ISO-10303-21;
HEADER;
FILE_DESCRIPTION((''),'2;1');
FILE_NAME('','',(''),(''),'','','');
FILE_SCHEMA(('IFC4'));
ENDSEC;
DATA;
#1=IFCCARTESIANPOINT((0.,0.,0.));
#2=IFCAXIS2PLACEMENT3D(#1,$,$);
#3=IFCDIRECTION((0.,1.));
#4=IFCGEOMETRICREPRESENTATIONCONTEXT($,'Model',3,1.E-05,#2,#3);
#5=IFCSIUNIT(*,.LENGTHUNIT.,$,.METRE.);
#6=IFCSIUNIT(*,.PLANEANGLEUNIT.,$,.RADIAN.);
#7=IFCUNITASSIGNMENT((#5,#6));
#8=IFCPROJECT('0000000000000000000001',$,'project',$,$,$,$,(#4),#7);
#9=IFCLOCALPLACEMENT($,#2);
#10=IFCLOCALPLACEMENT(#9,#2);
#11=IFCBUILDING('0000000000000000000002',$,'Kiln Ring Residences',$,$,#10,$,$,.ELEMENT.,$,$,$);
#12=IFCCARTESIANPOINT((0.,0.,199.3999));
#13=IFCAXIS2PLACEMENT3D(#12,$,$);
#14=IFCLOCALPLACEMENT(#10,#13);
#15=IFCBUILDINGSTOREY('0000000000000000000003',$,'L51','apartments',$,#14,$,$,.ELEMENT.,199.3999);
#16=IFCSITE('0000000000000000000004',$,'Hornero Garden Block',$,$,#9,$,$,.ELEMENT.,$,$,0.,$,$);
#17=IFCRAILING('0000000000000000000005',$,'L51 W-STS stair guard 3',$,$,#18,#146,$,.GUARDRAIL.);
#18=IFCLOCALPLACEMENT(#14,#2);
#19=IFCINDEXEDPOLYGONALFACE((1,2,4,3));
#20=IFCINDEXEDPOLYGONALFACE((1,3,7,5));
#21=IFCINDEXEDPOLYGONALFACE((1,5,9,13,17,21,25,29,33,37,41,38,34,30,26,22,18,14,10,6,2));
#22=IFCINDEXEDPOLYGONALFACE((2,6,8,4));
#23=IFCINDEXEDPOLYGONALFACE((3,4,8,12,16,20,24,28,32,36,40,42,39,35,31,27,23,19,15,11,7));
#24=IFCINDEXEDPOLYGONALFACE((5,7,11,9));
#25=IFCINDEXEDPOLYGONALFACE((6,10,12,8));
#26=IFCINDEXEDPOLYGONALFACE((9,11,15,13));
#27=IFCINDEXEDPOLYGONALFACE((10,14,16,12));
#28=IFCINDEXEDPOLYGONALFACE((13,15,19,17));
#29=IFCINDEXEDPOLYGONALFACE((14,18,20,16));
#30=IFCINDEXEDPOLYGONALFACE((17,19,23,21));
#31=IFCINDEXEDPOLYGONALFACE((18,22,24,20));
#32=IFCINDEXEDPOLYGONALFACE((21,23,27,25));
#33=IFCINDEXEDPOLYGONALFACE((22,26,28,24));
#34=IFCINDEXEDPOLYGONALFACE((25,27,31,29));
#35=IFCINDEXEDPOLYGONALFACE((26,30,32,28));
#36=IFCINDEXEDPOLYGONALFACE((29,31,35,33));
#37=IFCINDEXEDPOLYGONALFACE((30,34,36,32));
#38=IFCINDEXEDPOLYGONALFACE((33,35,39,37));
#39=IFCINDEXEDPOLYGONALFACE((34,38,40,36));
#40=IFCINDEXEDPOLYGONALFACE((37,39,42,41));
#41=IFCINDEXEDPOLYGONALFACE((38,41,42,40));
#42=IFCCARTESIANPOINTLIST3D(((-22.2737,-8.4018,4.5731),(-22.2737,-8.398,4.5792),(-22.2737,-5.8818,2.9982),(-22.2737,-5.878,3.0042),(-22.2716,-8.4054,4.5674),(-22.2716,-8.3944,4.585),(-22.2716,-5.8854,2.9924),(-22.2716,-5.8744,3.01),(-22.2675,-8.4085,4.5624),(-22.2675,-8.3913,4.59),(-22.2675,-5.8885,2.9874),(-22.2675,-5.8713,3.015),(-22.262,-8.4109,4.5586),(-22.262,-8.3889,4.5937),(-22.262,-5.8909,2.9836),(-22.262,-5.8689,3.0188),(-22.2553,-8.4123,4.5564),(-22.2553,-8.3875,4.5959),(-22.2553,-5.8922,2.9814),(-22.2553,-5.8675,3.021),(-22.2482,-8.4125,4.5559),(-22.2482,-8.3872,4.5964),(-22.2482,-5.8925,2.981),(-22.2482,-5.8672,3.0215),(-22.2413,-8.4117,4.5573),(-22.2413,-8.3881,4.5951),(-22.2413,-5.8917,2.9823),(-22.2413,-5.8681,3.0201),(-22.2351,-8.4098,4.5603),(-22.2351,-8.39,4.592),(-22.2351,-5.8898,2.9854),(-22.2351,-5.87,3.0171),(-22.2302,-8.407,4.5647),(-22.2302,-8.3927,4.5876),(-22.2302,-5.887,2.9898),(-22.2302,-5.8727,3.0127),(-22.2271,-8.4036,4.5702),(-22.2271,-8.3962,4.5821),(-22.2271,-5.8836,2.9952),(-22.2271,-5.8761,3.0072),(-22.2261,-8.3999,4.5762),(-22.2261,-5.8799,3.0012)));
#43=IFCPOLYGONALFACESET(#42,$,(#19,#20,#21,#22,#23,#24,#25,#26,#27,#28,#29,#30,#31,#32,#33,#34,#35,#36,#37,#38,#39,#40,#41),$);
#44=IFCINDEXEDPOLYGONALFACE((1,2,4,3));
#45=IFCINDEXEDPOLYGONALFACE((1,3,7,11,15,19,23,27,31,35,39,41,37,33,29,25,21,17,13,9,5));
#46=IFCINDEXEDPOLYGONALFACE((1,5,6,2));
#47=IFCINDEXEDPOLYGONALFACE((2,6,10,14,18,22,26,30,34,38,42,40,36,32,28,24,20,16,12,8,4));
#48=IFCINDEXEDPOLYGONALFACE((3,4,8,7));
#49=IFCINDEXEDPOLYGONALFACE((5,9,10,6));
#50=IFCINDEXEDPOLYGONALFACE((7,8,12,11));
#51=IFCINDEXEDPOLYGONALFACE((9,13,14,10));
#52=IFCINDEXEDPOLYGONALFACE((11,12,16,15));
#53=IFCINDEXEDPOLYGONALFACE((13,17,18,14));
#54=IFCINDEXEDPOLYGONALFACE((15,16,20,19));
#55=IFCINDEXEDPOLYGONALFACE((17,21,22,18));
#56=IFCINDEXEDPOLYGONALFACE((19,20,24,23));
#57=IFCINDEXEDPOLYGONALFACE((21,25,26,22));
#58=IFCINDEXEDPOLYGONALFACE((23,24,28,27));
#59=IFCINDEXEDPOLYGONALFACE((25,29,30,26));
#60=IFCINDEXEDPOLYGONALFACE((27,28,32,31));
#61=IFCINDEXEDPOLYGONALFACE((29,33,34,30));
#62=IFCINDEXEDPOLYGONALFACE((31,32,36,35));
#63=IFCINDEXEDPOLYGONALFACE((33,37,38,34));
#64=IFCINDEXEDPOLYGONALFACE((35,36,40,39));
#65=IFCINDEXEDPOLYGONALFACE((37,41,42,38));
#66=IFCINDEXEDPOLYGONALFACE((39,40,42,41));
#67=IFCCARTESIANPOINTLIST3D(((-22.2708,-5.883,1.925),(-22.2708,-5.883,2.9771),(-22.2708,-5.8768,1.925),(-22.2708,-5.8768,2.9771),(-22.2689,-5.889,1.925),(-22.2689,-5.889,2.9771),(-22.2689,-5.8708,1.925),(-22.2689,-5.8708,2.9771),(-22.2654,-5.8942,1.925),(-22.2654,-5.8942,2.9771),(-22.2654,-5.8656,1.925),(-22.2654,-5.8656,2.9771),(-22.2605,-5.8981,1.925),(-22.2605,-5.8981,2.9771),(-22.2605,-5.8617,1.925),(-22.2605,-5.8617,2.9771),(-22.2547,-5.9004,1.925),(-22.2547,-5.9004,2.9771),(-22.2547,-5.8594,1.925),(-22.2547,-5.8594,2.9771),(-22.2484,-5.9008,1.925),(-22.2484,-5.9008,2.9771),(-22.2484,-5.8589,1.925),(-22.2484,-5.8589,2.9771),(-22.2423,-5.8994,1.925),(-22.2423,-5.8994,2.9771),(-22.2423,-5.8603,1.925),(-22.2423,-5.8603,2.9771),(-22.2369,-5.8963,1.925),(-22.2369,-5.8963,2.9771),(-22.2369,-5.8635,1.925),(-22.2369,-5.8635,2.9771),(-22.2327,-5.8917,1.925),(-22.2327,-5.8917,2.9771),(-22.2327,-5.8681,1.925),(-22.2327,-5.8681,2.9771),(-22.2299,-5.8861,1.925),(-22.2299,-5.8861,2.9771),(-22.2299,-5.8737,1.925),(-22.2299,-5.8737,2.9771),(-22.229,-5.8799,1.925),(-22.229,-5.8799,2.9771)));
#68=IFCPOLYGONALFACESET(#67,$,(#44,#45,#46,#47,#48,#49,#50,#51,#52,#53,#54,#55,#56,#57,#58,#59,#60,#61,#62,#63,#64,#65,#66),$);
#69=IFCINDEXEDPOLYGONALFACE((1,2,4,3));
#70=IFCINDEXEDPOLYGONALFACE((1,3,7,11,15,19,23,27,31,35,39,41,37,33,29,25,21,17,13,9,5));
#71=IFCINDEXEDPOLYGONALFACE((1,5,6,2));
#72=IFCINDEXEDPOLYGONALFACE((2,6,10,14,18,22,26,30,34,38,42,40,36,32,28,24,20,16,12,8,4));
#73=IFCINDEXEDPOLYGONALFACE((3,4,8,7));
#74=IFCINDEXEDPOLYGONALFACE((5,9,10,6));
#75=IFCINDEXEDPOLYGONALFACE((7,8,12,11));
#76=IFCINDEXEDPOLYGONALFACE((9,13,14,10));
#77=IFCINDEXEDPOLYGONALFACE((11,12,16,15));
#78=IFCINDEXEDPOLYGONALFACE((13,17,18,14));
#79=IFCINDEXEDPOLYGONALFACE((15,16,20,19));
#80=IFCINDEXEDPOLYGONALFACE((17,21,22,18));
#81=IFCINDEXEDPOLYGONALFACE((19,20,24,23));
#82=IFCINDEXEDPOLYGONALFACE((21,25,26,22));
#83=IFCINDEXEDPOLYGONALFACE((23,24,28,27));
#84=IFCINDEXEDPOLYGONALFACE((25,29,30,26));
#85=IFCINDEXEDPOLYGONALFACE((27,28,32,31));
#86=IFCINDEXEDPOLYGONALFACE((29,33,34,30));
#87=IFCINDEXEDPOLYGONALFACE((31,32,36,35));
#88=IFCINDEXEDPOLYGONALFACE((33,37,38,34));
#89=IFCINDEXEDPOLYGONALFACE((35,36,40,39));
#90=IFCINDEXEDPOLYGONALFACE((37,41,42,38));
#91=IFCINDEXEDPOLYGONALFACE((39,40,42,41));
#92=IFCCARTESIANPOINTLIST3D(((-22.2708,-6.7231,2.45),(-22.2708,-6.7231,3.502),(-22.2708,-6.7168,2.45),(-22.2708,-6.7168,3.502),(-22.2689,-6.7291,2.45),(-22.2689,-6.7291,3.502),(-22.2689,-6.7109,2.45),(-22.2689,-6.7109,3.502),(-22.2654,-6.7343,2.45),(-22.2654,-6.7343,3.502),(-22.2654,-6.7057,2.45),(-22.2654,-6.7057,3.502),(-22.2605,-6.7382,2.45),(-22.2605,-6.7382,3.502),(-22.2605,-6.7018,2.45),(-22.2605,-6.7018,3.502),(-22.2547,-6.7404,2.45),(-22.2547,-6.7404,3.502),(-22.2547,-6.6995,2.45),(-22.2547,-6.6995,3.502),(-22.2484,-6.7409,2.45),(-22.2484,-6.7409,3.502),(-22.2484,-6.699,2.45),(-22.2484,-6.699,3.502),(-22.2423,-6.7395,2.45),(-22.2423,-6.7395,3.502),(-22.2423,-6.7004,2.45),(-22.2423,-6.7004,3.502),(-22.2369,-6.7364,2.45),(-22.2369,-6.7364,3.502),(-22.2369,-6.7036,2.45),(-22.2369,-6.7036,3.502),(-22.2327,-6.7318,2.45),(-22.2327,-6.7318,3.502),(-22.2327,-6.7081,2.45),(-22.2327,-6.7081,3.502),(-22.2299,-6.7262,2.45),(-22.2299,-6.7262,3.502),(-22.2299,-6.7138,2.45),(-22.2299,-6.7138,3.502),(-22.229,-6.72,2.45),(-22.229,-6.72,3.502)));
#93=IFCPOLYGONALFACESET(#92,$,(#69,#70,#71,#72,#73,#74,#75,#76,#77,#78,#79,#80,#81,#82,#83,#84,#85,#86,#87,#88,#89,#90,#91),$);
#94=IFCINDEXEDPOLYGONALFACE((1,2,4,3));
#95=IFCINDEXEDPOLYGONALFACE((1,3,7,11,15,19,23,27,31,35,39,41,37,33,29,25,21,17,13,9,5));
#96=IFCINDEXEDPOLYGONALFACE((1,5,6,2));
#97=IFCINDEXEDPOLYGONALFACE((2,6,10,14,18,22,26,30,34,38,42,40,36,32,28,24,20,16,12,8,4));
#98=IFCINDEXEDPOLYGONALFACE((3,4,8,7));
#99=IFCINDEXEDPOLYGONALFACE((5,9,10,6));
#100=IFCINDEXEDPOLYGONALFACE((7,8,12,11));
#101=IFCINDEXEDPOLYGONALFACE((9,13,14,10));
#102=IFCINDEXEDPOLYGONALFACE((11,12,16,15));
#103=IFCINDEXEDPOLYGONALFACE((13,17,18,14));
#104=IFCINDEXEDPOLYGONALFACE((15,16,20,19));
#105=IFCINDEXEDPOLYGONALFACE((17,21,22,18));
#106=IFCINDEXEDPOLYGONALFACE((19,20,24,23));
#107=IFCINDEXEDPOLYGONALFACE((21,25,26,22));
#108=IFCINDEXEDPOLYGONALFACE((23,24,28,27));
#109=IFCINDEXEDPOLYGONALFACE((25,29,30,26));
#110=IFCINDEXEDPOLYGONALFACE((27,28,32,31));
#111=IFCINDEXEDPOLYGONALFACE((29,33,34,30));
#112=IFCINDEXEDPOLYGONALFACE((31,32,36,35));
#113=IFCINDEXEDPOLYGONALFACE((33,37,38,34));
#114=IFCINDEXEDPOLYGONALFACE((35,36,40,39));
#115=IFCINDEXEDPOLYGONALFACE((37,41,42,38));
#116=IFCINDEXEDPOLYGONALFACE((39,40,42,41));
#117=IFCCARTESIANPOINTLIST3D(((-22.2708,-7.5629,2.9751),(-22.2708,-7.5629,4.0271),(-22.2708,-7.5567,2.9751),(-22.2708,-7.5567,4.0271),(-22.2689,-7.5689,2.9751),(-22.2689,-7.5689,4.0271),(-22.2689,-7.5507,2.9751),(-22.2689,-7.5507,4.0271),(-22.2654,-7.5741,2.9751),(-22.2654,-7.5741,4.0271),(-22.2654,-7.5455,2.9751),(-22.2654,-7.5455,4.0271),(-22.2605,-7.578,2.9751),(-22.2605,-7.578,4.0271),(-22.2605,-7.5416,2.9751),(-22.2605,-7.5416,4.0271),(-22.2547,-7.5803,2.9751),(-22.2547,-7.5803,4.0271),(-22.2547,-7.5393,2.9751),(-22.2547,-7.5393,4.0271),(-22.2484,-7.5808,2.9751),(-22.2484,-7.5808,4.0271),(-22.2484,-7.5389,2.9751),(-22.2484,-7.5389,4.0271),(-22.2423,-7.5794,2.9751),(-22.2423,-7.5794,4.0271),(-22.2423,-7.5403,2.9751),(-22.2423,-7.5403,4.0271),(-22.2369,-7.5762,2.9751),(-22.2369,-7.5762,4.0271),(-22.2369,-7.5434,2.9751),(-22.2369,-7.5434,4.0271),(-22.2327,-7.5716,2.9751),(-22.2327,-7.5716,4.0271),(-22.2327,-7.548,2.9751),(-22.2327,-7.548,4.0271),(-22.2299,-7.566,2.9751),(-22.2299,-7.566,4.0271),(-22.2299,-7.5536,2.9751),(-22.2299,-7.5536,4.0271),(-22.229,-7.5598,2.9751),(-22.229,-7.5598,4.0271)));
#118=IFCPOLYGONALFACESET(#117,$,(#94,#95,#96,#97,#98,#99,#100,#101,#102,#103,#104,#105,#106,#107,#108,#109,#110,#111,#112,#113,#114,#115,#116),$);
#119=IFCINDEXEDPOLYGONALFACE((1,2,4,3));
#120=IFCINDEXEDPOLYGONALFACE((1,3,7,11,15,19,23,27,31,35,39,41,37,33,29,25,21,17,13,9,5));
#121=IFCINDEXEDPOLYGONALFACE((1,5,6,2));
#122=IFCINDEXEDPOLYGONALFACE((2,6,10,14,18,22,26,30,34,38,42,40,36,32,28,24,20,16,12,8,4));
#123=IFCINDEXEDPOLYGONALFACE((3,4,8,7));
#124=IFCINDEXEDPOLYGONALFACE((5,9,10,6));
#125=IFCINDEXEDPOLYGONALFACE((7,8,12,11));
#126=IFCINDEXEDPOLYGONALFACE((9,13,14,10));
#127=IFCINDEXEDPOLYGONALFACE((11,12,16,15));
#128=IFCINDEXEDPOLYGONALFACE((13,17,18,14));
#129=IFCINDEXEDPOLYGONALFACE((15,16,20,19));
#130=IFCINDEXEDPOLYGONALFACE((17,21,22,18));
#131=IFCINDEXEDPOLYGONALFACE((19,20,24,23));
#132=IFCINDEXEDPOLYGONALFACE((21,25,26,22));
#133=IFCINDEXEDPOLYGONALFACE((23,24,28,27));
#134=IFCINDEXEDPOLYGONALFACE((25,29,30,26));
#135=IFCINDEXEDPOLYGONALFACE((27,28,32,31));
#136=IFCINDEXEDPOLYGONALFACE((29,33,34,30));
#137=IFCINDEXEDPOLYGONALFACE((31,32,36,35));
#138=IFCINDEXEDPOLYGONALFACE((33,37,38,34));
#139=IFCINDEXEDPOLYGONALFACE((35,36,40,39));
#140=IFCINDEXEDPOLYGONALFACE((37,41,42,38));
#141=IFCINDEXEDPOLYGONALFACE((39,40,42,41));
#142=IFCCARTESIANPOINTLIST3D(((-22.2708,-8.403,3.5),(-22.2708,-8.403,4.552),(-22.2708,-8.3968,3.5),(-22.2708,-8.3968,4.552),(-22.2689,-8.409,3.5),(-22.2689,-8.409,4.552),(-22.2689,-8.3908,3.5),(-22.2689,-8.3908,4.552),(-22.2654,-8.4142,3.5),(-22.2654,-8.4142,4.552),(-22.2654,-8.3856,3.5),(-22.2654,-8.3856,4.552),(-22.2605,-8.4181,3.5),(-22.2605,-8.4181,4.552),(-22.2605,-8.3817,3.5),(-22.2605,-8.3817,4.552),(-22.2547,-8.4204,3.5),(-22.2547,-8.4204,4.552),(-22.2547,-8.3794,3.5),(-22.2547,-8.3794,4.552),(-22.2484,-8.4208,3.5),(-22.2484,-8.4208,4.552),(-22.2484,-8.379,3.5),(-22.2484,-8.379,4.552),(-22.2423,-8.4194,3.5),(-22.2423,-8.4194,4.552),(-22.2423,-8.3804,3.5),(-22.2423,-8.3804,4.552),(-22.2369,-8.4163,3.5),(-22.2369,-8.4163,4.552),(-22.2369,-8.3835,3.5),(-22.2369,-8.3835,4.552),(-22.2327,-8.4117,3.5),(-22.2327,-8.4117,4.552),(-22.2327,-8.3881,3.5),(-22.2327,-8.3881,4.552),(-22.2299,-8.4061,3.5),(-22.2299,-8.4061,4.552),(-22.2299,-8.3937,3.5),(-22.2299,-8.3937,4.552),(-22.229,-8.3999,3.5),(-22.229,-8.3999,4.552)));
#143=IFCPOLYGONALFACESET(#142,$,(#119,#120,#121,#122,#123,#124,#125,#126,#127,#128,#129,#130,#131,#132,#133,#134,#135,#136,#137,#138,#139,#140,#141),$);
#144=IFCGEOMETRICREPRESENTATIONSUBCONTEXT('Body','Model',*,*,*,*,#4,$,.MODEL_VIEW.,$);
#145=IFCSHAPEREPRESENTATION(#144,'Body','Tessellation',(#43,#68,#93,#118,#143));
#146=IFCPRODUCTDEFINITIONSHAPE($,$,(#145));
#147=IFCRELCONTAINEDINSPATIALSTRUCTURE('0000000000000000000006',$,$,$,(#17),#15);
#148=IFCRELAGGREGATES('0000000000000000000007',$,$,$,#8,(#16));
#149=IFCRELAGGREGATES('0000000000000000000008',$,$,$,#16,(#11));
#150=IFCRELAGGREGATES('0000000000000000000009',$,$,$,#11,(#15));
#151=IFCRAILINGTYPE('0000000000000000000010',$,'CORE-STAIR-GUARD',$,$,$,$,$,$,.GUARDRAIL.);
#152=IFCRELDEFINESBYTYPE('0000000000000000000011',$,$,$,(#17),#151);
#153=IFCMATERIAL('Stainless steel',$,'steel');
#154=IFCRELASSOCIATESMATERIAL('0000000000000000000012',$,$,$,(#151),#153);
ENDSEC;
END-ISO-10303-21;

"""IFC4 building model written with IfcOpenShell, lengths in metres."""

from ifc_helpers import new_model, si_unit, direction, frame, origin, origin_2d, place, context, subcontext, project, spatial, circle, extrude, material, type_object, element, save


model = new_model("IFC4")

# Units and contexts
model_context = context("Model", 3, precision=1e-05, world=origin(), true_north=direction((0.0, 1.0)))
body_context = subcontext(model_context, "Body", "Model", "MODEL_VIEW")
ifc_project = project(units=[si_unit("LENGTHUNIT", "METRE"), si_unit("PLANEANGLEUNIT", "RADIAN")], contexts=[model_context])

# Site, building, storey
site_placement = place(None, origin())
site = spatial("IfcSite", under=ifc_project, at=site_placement, Name="Hornero Garden Block", CompositionType="ELEMENT", RefElevation=0.0)
building_placement = place(site_placement, origin())
building = spatial("IfcBuilding", under=site, at=building_placement, Name="Kiln Ring Residences", CompositionType="ELEMENT")
storey_placement = place(building_placement, frame((0.0, 0.0, 199.3999)))
storey = spatial("IfcBuildingStorey", under=building, at=storey_placement, Name="L51", Description="apartments", CompositionType="ELEMENT", Elevation=199.3999)

# Railing
ifc_material_1 = material(Name="Stainless steel", Category="steel")
railing_type_1 = type_object("IfcRailingType", Name="CORE-STAIR-GUARD", PredefinedType="GUARDRAIL", material=ifc_material_1)
railing_1_placement = place(storey_placement, frame((-22.25, -5.8799, 1.925)))
element("IfcRailing", 1, at=railing_1_placement, inside=storey, type_object=railing_type_1, Name="L51 W-STS stair guard 3", PredefinedType="GUARDRAIL", context=body_context, shape_type="SweptSolid", body=[
    extrude(circle(Radius=0.0239, at=origin_2d()), frame((0.0, 0.0, 1.0762), z_axis=(0.0, -0.848008, 0.529984), x_axis=(1.0, 0.0, 0.0)), (0.0, 0.0, 1.0), 2.9717),
    extrude(circle(Radius=0.021, at=origin_2d()), origin(), (0.0, 0.0, 1.0), 1.052),
    extrude(circle(Radius=0.021, at=origin_2d()), frame((0.0, -0.8401, 0.5249)), (0.0, 0.0, 1.0), 1.052),
    extrude(circle(Radius=0.021, at=origin_2d()), frame((0.0, -1.6799, 1.05)), (0.0, 0.0, 1.0), 1.052),
    extrude(circle(Radius=0.021, at=origin_2d()), frame((0.0, -2.52, 1.575)), (0.0, 0.0, 1.0), 1.052),
])

save(model, "model.ifc")
